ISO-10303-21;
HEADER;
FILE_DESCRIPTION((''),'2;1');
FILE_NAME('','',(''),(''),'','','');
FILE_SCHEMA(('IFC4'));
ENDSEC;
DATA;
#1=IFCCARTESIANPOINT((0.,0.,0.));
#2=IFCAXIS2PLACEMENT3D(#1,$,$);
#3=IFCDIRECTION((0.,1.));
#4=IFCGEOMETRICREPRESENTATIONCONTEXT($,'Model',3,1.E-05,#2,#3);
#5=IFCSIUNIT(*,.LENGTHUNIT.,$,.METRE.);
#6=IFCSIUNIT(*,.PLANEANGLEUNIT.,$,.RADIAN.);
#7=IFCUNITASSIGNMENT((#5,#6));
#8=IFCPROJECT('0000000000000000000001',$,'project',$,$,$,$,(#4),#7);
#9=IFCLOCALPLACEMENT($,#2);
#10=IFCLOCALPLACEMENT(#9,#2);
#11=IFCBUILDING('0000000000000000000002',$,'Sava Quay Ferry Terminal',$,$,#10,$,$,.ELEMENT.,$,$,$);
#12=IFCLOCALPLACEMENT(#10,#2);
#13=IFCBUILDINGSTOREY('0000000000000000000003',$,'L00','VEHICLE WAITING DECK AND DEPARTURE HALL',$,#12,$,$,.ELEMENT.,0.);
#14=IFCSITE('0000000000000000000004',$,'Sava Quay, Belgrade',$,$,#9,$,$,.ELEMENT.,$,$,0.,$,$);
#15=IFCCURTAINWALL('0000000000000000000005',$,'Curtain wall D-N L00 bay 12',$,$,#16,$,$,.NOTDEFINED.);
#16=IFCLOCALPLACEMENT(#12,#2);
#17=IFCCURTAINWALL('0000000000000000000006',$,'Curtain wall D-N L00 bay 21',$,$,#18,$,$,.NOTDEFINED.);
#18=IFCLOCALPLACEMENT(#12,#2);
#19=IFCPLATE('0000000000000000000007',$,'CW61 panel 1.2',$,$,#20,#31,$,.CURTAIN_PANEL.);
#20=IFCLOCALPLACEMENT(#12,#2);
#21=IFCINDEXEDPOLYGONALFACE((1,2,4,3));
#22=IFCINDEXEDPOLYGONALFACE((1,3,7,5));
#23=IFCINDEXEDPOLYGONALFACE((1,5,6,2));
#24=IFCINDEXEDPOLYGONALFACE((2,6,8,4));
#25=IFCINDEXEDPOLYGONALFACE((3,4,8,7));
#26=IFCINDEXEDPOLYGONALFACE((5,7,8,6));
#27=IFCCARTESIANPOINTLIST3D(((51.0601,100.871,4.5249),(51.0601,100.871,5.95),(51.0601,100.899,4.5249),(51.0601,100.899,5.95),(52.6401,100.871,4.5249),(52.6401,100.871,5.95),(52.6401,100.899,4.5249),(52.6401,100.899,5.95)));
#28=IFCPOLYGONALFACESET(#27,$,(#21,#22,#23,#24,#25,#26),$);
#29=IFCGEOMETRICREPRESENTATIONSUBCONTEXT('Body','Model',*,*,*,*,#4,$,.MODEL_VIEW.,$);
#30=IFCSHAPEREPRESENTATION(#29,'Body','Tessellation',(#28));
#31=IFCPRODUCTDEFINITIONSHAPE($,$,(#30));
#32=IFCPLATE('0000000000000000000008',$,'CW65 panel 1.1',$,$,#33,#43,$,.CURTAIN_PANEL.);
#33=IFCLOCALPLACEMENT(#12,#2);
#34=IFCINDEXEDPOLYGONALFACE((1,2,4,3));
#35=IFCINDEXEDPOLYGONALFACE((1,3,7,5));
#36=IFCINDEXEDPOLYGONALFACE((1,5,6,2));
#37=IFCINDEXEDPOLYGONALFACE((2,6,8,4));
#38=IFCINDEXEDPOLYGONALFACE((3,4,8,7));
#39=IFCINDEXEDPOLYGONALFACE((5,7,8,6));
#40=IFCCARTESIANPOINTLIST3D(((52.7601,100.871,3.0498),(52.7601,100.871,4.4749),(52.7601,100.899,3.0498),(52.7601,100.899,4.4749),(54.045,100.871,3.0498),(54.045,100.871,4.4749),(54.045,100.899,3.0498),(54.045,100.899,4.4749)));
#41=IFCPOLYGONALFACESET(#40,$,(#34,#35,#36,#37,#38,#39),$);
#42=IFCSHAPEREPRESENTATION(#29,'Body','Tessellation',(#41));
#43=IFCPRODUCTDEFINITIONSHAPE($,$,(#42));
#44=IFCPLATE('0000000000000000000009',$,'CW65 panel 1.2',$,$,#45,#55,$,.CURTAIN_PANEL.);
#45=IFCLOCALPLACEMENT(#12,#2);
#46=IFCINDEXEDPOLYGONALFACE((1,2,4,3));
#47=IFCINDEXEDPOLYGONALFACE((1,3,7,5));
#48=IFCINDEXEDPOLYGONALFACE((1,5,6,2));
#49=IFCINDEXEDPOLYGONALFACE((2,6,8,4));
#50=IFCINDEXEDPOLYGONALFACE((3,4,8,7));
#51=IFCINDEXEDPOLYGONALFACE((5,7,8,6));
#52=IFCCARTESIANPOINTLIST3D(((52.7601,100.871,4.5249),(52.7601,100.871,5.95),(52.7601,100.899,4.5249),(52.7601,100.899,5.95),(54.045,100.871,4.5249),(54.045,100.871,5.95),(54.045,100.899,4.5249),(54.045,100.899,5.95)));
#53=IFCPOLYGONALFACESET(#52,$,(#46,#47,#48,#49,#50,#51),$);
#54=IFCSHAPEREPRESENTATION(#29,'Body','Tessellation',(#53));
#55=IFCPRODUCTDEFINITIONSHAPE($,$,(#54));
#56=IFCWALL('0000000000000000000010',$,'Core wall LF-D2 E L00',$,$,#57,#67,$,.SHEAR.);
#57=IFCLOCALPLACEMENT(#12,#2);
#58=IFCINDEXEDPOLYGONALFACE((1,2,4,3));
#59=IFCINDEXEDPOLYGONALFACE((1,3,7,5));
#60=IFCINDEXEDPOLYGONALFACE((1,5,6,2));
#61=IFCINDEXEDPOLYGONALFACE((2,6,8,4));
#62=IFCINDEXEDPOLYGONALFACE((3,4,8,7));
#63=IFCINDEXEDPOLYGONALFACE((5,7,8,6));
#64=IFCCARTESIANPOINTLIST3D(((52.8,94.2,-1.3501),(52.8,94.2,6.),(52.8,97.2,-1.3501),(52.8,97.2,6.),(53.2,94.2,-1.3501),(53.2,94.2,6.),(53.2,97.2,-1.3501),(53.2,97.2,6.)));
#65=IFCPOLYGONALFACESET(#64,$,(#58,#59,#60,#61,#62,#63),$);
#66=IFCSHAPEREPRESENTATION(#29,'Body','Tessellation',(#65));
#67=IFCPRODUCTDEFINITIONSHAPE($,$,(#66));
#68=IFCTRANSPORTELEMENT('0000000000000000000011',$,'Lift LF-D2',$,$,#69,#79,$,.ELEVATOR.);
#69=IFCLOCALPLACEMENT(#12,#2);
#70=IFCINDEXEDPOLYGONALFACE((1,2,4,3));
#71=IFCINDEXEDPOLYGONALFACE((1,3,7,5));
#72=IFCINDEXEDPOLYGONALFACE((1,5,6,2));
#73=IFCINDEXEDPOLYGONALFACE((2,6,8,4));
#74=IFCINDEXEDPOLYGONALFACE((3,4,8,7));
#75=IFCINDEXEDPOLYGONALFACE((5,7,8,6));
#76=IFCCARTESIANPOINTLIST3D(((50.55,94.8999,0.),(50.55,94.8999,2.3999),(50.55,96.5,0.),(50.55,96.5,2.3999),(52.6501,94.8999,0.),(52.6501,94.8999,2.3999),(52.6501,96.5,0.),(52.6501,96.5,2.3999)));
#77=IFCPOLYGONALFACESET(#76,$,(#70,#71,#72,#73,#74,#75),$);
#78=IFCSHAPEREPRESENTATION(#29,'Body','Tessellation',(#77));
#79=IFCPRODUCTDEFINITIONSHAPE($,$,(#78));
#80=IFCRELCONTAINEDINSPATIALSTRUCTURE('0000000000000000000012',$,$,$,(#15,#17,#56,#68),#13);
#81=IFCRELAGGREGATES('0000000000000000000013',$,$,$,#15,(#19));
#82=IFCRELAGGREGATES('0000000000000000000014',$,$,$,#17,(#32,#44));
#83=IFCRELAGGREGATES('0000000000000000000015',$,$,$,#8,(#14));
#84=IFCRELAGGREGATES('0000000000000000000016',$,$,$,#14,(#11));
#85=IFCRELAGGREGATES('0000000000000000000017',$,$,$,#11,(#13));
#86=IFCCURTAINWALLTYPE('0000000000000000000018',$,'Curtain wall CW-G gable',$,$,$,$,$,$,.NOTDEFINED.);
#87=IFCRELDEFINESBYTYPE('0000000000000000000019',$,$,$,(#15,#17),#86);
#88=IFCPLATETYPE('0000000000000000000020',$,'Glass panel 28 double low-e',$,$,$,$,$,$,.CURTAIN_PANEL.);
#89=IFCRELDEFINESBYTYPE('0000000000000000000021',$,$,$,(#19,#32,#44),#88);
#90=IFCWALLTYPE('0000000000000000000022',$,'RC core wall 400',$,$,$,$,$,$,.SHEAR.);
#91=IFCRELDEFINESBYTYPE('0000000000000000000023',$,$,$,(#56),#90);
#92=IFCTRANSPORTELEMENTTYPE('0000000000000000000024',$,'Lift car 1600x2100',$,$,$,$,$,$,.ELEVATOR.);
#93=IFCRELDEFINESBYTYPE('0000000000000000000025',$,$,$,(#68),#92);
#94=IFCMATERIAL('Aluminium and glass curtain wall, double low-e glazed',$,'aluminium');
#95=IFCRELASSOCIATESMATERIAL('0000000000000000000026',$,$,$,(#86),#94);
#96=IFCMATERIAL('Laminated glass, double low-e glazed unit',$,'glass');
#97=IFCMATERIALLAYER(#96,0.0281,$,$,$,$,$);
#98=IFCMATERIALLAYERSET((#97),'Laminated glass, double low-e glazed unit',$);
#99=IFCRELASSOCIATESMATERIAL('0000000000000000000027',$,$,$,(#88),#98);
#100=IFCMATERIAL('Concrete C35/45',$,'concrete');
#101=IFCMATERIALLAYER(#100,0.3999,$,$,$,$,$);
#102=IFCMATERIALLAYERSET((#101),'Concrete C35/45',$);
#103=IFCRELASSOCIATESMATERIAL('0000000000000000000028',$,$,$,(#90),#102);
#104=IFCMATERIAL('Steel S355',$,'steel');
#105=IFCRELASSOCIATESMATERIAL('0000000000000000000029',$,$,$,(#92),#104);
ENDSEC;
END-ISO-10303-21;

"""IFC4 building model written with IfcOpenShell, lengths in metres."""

from ifc_helpers import new_model, si_unit, direction, frame, frame_2d, origin, origin_2d, place, context, subcontext, project, spatial, rectangle, extrude, material, layer, layer_set, type_object, element, aggregate, save


model = new_model("IFC4")

# Units and contexts
model_context = context("Model", 3, precision=1e-05, world=origin(), true_north=direction((0.0, 1.0)))
body_context = subcontext(model_context, "Body", "Model", "MODEL_VIEW")
ifc_project = project(units=[si_unit("LENGTHUNIT", "METRE"), si_unit("PLANEANGLEUNIT", "RADIAN")], contexts=[model_context])

# Site, building, storey
site_placement = place(None, origin())
site = spatial("IfcSite", under=ifc_project, at=site_placement, Name="Sava Quay, Belgrade", CompositionType="ELEMENT", RefElevation=0.0)
building_placement = place(site_placement, origin())
building = spatial("IfcBuilding", under=site, at=building_placement, Name="Sava Quay Ferry Terminal", CompositionType="ELEMENT")
storey_placement = place(building_placement, origin())
storey = spatial("IfcBuildingStorey", under=building, at=storey_placement, Name="L00", Description="VEHICLE WAITING DECK AND DEPARTURE HALL", CompositionType="ELEMENT", Elevation=0.0)

# Curtain walls
ifc_material_1 = material(Name="Aluminium and glass curtain wall, double low-e glazed", Category="aluminium")
curtain_wall_type = type_object("IfcCurtainWallType", Name="Curtain wall CW-G gable", PredefinedType="NOTDEFINED", material=ifc_material_1)
curtain_wall_1_placement = place(storey_placement, origin())
curtain_wall_1 = element("IfcCurtainWall", 1, at=curtain_wall_1_placement, inside=storey, type_object=curtain_wall_type, Name="Curtain wall D-N L00 bay 12", PredefinedType="NOTDEFINED")
curtain_wall_2_placement = place(storey_placement, origin())
curtain_wall_2 = element("IfcCurtainWall", 2, at=curtain_wall_2_placement, inside=storey, type_object=curtain_wall_type, Name="Curtain wall D-N L00 bay 21", PredefinedType="NOTDEFINED")

# Plates
ifc_material_2 = material(Name="Laminated glass, double low-e glazed unit", Category="glass")
ifc_layer_1 = layer(ifc_material_2, 0.0281)
ifc_layer_set_1 = layer_set([ifc_layer_1], Name="Laminated glass, double low-e glazed unit")
plate_type = type_object("IfcPlateType", Name="Glass panel 28 double low-e", PredefinedType="CURTAIN_PANEL", material=ifc_layer_set_1)
plate_1_placement = place(storey_placement, frame((51.8501, 100.885, 4.5249), z_axis=(0.0, 0.0, 1.0), x_axis=(1.0, 0.0, 0.0)))
plate_1 = element("IfcPlate", 3, at=plate_1_placement, type_object=plate_type, Name="CW61 panel 1.2", PredefinedType="CURTAIN_PANEL", context=body_context, shape_type="SweptSolid", body=[
    extrude(rectangle(XDim=1.5801, YDim=0.0281, at=origin_2d()), origin(), (0.0, 0.0, 1.0), 1.425),
])
aggregate(curtain_wall_1, [plate_1])
plate_2_placement = place(storey_placement, frame((53.4026, 100.885, 3.0498), z_axis=(0.0, 0.0, 1.0), x_axis=(1.0, 0.0, 0.0)))
plate_2 = element("IfcPlate", 4, at=plate_2_placement, type_object=plate_type, Name="CW65 panel 1.1", PredefinedType="CURTAIN_PANEL", context=body_context, shape_type="SweptSolid", body=[
    extrude(rectangle(XDim=1.2849, YDim=0.0281, at=origin_2d()), origin(), (0.0, 0.0, 1.0), 1.425),
])
plate_3_placement = place(storey_placement, frame((53.4026, 100.885, 4.5249), z_axis=(0.0, 0.0, 1.0), x_axis=(1.0, 0.0, 0.0)))
plate_3 = element("IfcPlate", 5, at=plate_3_placement, type_object=plate_type, Name="CW65 panel 1.2", PredefinedType="CURTAIN_PANEL", context=body_context, shape_type="SweptSolid", body=[
    extrude(rectangle(XDim=1.2849, YDim=0.0281, at=origin_2d()), origin(), (0.0, 0.0, 1.0), 1.425),
])
aggregate(curtain_wall_2, [plate_2, plate_3])

# Wall
ifc_material_3 = material(Name="Concrete C35/45", Category="concrete")
ifc_layer_2 = layer(ifc_material_3, 0.3999)
ifc_layer_set_2 = layer_set([ifc_layer_2], Name="Concrete C35/45")
wall_type = type_object("IfcWallType", Name="RC core wall 400", PredefinedType="SHEAR", material=ifc_layer_set_2)
wall_placement = place(storey_placement, frame((53.0, 94.2, -1.3501), z_axis=(0.0, 0.0, 1.0), x_axis=(0.0, 1.0, 0.0)))
element("IfcWall", 6, at=wall_placement, inside=storey, type_object=wall_type, Name="Core wall LF-D2 E L00", PredefinedType="SHEAR", context=body_context, shape_type="SweptSolid", body=[
    extrude(rectangle(XDim=3.0, YDim=0.3999, at=frame_2d((1.5, 0.0))), origin(), (0.0, 0.0, 1.0), 7.3501),
])

# Transport element
ifc_material_4 = material(Name="Steel S355", Category="steel")
transport_element_type = type_object("IfcTransportElementType", Name="Lift car 1600x2100", PredefinedType="ELEVATOR", material=ifc_material_4)
transport_element_placement = place(storey_placement, frame((51.6001, 95.7, 0.0), z_axis=(0.0, 0.0, 1.0), x_axis=(1.0, 0.0, 0.0)))
element("IfcTransportElement", 7, at=transport_element_placement, inside=storey, type_object=transport_element_type, Name="Lift LF-D2", PredefinedType="ELEVATOR", context=body_context, shape_type="SweptSolid", body=[
    extrude(rectangle(XDim=2.1001, YDim=1.6001, at=origin_2d()), origin(), (0.0, 0.0, 1.0), 2.3999),
])

save(model, "model.ifc")
